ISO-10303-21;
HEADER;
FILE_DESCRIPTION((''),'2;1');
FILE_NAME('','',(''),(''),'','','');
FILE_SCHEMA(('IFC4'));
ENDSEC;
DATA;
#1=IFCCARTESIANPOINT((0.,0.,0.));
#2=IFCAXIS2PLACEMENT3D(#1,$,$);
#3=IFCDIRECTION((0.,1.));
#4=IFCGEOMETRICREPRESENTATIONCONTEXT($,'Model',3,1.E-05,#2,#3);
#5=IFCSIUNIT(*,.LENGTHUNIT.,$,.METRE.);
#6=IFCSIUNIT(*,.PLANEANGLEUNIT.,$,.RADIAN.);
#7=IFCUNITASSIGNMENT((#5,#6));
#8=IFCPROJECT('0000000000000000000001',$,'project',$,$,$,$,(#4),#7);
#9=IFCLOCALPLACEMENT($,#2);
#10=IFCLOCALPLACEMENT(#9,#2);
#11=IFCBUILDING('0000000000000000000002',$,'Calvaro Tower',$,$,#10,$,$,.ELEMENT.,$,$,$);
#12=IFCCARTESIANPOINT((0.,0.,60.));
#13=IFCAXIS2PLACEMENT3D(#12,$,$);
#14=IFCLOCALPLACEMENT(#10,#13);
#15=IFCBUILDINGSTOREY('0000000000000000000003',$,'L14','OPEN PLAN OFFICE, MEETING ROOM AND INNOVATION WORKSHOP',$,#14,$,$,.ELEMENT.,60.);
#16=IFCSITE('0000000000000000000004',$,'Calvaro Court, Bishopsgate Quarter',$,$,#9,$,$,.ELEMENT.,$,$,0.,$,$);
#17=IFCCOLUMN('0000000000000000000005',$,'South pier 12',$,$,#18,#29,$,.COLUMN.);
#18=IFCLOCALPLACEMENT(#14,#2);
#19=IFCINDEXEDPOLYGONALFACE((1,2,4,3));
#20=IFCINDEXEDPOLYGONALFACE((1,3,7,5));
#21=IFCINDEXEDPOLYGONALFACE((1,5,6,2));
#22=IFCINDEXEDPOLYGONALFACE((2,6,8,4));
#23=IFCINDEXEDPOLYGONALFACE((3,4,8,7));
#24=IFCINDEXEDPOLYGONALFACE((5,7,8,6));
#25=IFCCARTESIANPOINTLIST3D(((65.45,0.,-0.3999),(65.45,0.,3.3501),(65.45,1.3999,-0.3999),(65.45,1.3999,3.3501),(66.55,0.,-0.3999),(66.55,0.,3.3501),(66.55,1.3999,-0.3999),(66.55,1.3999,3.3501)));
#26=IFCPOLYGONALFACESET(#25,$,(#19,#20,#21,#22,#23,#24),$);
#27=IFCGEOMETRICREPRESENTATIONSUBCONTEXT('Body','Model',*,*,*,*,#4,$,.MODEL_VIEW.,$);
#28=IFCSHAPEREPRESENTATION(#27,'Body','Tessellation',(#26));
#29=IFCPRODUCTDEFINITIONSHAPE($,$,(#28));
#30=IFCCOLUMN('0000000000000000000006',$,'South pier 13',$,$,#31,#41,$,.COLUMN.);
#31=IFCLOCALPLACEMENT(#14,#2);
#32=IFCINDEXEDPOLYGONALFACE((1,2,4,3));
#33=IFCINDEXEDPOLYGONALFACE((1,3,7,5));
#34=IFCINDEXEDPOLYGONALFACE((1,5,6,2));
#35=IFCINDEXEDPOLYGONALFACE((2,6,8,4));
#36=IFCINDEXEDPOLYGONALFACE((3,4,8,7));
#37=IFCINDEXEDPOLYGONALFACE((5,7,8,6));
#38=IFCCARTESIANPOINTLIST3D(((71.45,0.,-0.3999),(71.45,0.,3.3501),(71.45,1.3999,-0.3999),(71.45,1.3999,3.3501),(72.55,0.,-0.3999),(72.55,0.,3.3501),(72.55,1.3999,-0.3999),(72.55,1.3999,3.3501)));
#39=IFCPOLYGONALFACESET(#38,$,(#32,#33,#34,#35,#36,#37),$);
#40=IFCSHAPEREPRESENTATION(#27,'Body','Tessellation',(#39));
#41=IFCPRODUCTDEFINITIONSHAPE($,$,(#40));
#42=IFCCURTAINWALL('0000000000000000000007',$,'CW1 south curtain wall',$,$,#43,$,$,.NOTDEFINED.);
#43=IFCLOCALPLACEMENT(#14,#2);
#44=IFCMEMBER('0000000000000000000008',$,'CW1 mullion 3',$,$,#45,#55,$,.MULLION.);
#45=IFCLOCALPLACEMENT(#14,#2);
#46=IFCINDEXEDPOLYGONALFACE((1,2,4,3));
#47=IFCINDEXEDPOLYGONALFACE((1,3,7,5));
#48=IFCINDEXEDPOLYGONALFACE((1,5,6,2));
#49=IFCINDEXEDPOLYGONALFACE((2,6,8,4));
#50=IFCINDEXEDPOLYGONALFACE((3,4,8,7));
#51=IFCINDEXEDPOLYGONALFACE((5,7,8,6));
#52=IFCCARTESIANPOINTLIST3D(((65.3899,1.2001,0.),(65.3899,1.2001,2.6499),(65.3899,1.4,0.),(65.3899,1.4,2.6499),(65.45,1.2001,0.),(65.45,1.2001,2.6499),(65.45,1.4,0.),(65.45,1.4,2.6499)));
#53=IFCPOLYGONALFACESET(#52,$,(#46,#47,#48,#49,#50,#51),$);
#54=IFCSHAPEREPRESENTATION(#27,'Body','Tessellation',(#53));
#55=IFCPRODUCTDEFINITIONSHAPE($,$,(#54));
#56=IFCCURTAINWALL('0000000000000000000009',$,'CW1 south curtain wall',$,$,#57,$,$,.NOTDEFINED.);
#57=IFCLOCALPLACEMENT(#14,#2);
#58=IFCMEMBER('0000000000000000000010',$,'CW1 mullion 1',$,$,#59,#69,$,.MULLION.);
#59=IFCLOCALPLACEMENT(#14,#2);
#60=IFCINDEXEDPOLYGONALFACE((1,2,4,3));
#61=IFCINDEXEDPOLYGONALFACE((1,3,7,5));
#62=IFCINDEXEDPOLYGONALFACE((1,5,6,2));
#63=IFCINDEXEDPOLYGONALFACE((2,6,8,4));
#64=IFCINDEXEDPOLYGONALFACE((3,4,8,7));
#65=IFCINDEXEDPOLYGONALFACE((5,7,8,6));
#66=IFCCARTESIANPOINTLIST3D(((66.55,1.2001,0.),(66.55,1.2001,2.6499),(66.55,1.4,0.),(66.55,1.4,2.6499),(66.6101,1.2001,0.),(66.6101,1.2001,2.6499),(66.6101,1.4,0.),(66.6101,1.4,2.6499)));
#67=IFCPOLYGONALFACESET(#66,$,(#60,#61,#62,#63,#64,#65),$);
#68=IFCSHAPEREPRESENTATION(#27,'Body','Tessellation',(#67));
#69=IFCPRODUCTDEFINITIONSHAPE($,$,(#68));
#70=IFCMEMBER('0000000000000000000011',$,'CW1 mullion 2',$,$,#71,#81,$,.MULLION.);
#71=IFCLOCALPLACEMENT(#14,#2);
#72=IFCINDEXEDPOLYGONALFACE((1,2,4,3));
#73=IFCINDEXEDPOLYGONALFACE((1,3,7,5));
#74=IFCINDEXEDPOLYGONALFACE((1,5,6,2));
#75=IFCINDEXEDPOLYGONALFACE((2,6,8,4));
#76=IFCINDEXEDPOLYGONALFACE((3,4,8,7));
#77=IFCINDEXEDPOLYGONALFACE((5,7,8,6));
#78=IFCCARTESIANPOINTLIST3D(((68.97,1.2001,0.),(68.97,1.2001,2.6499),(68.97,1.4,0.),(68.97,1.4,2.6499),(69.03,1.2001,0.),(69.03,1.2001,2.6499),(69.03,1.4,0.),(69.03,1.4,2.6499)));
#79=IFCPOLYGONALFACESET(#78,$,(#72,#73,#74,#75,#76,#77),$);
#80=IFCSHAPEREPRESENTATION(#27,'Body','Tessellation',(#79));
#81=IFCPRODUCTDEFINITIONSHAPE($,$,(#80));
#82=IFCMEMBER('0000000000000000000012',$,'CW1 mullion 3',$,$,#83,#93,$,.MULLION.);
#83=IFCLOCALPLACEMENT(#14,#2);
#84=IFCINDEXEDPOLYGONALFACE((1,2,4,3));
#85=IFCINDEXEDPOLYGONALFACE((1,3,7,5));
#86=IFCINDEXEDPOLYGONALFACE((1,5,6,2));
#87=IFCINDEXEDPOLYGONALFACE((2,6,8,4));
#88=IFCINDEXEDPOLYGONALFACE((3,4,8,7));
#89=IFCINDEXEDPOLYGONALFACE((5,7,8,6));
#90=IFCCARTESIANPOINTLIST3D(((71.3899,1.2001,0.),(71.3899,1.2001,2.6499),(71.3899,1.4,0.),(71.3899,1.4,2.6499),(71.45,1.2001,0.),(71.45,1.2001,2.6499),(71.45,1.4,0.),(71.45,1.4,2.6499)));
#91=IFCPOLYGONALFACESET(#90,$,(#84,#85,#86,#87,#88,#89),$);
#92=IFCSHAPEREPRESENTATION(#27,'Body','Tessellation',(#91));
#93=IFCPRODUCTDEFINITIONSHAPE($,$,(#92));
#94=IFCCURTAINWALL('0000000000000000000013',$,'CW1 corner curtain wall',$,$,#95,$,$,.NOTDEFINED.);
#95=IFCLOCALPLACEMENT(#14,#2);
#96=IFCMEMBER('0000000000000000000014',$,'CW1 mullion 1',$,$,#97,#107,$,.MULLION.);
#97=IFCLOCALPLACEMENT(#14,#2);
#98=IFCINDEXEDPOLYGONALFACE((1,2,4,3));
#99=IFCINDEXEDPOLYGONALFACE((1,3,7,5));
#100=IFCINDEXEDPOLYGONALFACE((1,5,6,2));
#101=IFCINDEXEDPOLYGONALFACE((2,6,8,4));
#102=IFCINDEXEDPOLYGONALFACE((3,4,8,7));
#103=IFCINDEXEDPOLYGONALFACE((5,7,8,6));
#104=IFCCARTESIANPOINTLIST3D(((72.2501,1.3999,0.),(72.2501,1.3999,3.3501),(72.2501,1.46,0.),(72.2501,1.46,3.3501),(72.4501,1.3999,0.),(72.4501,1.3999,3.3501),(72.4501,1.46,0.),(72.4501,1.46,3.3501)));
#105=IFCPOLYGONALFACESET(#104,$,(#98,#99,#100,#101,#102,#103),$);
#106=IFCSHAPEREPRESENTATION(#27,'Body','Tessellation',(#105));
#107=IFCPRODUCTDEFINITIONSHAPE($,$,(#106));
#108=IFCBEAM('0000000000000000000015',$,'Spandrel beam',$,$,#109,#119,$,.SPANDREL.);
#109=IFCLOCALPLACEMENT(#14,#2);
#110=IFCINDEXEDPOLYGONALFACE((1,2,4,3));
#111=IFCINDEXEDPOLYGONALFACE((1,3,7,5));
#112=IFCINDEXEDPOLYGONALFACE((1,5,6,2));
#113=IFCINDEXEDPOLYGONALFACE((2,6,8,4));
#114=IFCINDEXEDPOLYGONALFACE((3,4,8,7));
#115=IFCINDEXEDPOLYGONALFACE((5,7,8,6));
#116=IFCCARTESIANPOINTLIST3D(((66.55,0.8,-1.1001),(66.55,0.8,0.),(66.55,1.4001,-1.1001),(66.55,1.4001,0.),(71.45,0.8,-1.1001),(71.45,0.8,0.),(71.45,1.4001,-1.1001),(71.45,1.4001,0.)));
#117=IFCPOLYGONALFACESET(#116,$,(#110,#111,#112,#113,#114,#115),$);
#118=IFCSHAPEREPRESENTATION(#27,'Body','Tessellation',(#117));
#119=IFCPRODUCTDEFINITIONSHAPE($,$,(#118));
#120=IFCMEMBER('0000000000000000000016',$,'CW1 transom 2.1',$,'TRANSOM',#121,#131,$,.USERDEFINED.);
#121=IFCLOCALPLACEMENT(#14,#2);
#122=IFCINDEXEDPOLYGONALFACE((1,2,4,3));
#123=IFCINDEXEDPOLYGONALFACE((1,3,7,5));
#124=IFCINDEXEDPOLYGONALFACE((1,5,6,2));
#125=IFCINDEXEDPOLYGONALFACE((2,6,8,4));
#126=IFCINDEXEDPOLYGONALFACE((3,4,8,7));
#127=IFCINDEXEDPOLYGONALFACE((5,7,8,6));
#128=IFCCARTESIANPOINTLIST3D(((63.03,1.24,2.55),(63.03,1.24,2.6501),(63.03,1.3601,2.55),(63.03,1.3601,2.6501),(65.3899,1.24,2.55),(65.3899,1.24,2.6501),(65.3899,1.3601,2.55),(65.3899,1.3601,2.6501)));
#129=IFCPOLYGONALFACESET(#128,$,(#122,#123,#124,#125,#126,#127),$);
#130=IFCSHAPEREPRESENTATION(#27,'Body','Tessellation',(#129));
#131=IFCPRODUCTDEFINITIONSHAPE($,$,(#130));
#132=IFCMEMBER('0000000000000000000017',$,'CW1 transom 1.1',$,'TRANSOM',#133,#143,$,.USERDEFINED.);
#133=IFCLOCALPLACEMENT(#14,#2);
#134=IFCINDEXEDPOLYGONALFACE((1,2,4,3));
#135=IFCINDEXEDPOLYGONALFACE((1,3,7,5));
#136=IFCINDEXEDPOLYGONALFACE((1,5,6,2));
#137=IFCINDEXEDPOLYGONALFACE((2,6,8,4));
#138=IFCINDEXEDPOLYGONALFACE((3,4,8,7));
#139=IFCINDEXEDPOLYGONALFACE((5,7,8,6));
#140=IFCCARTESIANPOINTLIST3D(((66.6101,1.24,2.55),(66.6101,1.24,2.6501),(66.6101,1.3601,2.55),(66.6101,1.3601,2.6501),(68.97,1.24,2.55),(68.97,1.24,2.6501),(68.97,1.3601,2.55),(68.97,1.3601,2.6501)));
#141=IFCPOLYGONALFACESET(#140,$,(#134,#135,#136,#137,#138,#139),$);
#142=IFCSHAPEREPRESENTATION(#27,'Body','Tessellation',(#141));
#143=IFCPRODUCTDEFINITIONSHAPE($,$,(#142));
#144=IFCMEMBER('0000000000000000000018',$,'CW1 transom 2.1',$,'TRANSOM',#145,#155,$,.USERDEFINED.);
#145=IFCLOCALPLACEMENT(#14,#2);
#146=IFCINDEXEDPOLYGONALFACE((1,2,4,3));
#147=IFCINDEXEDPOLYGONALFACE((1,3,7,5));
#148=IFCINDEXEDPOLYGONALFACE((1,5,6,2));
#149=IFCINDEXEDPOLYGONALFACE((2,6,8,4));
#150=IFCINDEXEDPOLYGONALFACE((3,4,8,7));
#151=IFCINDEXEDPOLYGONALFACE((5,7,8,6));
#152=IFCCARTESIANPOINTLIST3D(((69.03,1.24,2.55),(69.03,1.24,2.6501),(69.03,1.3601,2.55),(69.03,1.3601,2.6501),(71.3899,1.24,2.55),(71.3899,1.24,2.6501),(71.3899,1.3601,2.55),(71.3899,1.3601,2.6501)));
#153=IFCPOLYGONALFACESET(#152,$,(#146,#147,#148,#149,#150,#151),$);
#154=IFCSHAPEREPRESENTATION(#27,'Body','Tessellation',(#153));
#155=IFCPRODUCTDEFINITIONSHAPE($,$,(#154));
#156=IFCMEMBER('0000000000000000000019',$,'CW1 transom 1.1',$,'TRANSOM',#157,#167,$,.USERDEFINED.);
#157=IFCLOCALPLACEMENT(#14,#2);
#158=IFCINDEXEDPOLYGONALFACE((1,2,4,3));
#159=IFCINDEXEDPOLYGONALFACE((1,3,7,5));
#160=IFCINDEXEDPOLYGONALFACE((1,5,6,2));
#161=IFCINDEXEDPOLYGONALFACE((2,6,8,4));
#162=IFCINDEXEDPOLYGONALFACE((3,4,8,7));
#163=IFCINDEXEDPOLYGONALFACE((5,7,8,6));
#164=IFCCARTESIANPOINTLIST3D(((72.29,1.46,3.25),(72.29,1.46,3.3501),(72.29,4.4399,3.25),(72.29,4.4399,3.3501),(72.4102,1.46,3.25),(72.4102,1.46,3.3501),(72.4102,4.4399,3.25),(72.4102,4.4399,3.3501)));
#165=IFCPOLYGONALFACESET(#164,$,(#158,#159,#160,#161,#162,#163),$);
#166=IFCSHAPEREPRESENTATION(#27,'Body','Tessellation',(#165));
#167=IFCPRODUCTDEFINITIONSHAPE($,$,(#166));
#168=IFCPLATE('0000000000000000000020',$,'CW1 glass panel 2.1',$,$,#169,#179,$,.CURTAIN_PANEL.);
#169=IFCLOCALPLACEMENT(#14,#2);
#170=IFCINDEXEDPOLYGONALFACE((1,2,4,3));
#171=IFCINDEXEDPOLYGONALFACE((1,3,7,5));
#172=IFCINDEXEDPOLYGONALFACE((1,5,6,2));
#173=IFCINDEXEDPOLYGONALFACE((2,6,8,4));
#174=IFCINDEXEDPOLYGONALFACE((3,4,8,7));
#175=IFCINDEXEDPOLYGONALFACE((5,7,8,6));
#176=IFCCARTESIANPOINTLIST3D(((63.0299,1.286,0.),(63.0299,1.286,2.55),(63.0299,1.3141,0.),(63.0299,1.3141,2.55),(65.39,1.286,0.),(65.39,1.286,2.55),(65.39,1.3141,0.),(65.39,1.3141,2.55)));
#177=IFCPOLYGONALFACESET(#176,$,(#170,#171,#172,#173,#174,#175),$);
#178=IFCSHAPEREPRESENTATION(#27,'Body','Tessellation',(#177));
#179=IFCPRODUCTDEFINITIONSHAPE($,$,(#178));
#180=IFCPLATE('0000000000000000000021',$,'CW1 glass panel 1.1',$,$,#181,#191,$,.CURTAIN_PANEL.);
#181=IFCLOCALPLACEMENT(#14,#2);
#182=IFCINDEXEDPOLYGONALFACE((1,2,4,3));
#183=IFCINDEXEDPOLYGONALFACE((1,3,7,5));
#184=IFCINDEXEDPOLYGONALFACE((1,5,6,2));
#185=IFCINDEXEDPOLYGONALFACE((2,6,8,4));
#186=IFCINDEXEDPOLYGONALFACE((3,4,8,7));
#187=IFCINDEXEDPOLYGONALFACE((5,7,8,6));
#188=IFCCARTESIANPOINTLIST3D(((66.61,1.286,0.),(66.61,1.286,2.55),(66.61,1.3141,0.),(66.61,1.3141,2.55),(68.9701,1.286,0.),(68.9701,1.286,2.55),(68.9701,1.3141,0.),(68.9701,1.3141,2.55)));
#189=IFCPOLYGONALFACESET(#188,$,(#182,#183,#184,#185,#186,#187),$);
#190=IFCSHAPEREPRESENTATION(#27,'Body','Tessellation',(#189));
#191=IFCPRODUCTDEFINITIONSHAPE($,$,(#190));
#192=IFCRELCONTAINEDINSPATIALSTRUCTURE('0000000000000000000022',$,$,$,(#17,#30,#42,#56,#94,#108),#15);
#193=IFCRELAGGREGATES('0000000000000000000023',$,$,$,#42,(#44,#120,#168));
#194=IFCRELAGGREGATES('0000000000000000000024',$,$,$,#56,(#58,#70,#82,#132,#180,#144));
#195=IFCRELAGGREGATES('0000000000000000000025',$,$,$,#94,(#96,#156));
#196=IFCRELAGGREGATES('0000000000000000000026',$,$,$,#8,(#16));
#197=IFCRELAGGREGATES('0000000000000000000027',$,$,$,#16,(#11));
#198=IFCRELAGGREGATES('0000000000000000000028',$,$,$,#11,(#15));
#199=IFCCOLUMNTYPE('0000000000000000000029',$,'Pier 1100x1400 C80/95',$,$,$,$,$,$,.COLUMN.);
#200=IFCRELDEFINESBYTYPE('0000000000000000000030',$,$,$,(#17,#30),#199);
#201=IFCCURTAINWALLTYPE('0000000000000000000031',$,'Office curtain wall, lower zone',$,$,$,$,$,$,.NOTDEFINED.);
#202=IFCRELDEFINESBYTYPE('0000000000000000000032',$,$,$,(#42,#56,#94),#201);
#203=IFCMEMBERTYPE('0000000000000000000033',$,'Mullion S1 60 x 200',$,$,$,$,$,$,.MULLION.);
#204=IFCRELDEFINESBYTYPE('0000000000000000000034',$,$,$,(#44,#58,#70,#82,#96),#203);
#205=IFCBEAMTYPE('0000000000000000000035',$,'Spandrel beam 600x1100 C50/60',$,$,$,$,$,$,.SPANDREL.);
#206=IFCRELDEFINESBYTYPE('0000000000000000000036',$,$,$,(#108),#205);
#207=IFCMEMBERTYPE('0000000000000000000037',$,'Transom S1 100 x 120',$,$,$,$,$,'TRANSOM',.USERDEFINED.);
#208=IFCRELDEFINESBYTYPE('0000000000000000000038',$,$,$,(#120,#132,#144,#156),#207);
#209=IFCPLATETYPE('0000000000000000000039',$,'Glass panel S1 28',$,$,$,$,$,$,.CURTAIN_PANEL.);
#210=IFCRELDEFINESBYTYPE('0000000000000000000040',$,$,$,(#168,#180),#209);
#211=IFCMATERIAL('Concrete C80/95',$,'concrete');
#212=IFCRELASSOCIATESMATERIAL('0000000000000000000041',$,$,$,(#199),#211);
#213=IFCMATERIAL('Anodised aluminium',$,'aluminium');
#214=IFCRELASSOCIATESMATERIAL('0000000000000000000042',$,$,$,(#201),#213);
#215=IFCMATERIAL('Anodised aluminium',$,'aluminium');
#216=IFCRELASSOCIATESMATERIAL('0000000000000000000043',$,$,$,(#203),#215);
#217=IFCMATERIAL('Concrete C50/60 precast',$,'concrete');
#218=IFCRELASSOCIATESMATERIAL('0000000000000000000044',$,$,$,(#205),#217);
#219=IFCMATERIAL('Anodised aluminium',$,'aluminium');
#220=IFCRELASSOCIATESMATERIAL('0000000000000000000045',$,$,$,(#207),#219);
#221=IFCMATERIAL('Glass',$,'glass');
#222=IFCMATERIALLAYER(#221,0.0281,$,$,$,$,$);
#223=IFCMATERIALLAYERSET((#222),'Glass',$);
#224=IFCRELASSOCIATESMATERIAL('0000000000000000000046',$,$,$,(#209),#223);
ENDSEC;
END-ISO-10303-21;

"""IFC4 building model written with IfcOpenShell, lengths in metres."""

from ifc_helpers import new_model, si_unit, direction, frame, origin, origin_2d, place, context, subcontext, project, spatial, rectangle, extrude, material, layer, layer_set, material_profile, profile_set, type_object, element, aggregate, save


model = new_model("IFC4")

# Units and contexts
model_context = context("Model", 3, precision=1e-05, world=origin(), true_north=direction((0.0, 1.0)))
body_context = subcontext(model_context, "Body", "Model", "MODEL_VIEW")
ifc_project = project(units=[si_unit("LENGTHUNIT", "METRE"), si_unit("PLANEANGLEUNIT", "RADIAN")], contexts=[model_context])

# Site, building, storey
site_placement = place(None, origin())
site = spatial("IfcSite", under=ifc_project, at=site_placement, Name="Calvaro Court, Bishopsgate Quarter", CompositionType="ELEMENT", RefElevation=0.0)
building_placement = place(site_placement, origin())
building = spatial("IfcBuilding", under=site, at=building_placement, Name="Calvaro Tower", CompositionType="ELEMENT")
storey_placement = place(building_placement, frame((0.0, 0.0, 60.0)))
storey = spatial("IfcBuildingStorey", under=building, at=storey_placement, Name="L14", Description="OPEN PLAN OFFICE, MEETING ROOM AND INNOVATION WORKSHOP", CompositionType="ELEMENT", Elevation=60.0)

# Columns
ifc_material_1 = material(Name="Concrete C80/95", Category="concrete")
ifc_material_profile_1 = material_profile(ifc_material_1, rectangle(XDim=1.1001, YDim=1.3999, at=origin_2d()), Name="RC 1100x1400")
ifc_profile_set_1 = profile_set([ifc_material_profile_1], Name="Concrete C80/95")
column_type = type_object("IfcColumnType", Name="Pier 1100x1400 C80/95", PredefinedType="COLUMN", material=ifc_profile_set_1)
for number, where, z_axis, x_axis, name in (
    (1, (66.0, 0.7, -0.3999), (0.0, 0.0, 1.0), (1.0, 0.0, 0.0), "South pier 12"),
    (2, (72.0, 0.7, -0.3999), (0.0, 0.0, 1.0), (1.0, 0.0, 0.0), "South pier 13"),
):
    element("IfcColumn", number, at=place(storey_placement, frame(where, z_axis=z_axis, x_axis=x_axis)), inside=storey, type_object=column_type, Name=name, PredefinedType="COLUMN", context=body_context, shape_type="SweptSolid", body=[
        extrude(rectangle(XDim=1.1001, YDim=1.3999, at=origin_2d()), origin(), (0.0, 0.0, 1.0), 3.75),
    ])

# Curtain wall, member
ifc_material_2 = material(Name="Anodised aluminium", Category="aluminium")
curtain_wall_type = type_object("IfcCurtainWallType", Name="Office curtain wall, lower zone", PredefinedType="NOTDEFINED", material=ifc_material_2)
curtain_wall_1_placement = place(storey_placement, origin())
curtain_wall_1 = element("IfcCurtainWall", 3, at=curtain_wall_1_placement, inside=storey, type_object=curtain_wall_type, Name="CW1 south curtain wall", PredefinedType="NOTDEFINED")
ifc_material_3 = material(Name="Anodised aluminium", Category="aluminium")
ifc_material_profile_2 = material_profile(ifc_material_3, rectangle(XDim=0.2, YDim=0.0601, at=origin_2d()), Name="Mullion S1 60 x 200")
ifc_profile_set_2 = profile_set([ifc_material_profile_2], Name="Anodised aluminium")
member_type_1 = type_object("IfcMemberType", Name="Mullion S1 60 x 200", PredefinedType="MULLION", material=ifc_profile_set_2)
member_1_placement = place(storey_placement, frame((65.4199, 1.3, 0.0), z_axis=(0.0, 0.0, 1.0), x_axis=(0.0, 1.0, 0.0)))
member_1 = element("IfcMember", 4, at=member_1_placement, type_object=member_type_1, Name="CW1 mullion 3", PredefinedType="MULLION", context=body_context, shape_type="SweptSolid", body=[
    extrude(rectangle(XDim=0.2, YDim=0.0601, at=origin_2d()), origin(), (0.0, 0.0, 1.0), 2.6499),
])

# Curtain wall, members
curtain_wall_2_placement = place(storey_placement, origin())
curtain_wall_2 = element("IfcCurtainWall", 5, at=curtain_wall_2_placement, inside=storey, type_object=curtain_wall_type, Name="CW1 south curtain wall", PredefinedType="NOTDEFINED")
member_2_placement = place(storey_placement, frame((66.5801, 1.3, 0.0), z_axis=(0.0, 0.0, 1.0), x_axis=(0.0, 1.0, 0.0)))
member_2 = element("IfcMember", 6, at=member_2_placement, type_object=member_type_1, Name="CW1 mullion 1", PredefinedType="MULLION", context=body_context, shape_type="SweptSolid", body=[
    extrude(rectangle(XDim=0.2, YDim=0.0601, at=origin_2d()), origin(), (0.0, 0.0, 1.0), 2.6499),
])
member_3_placement = place(storey_placement, frame((69.0, 1.3, 0.0), z_axis=(0.0, 0.0, 1.0), x_axis=(0.0, 1.0, 0.0)))
member_3 = element("IfcMember", 7, at=member_3_placement, type_object=member_type_1, Name="CW1 mullion 2", PredefinedType="MULLION", context=body_context, shape_type="SweptSolid", body=[
    extrude(rectangle(XDim=0.2, YDim=0.0601, at=origin_2d()), origin(), (0.0, 0.0, 1.0), 2.6499),
])
member_4_placement = place(storey_placement, frame((71.4199, 1.3, 0.0), z_axis=(0.0, 0.0, 1.0), x_axis=(0.0, 1.0, 0.0)))
member_4 = element("IfcMember", 8, at=member_4_placement, type_object=member_type_1, Name="CW1 mullion 3", PredefinedType="MULLION", context=body_context, shape_type="SweptSolid", body=[
    extrude(rectangle(XDim=0.2, YDim=0.0601, at=origin_2d()), origin(), (0.0, 0.0, 1.0), 2.6499),
])

# Curtain wall, member
curtain_wall_3_placement = place(storey_placement, origin())
curtain_wall_3 = element("IfcCurtainWall", 9, at=curtain_wall_3_placement, inside=storey, type_object=curtain_wall_type, Name="CW1 corner curtain wall", PredefinedType="NOTDEFINED")
member_5_placement = place(storey_placement, frame((72.3501, 1.4299, 0.0), z_axis=(0.0, 0.0, 1.0), x_axis=(-1.0, 0.0, 0.0)))
member_5 = element("IfcMember", 10, at=member_5_placement, type_object=member_type_1, Name="CW1 mullion 1", PredefinedType="MULLION", context=body_context, shape_type="SweptSolid", body=[
    extrude(rectangle(XDim=0.2, YDim=0.0601, at=origin_2d()), origin(), (0.0, 0.0, 1.0), 3.3501),
])

# Beam
ifc_material_4 = material(Name="Concrete C50/60 precast", Category="concrete")
ifc_material_profile_3 = material_profile(ifc_material_4, rectangle(XDim=0.6001, YDim=1.1001, at=origin_2d()), Name="RC 600x1100")
ifc_profile_set_3 = profile_set([ifc_material_profile_3], Name="Concrete C50/60 precast")
beam_type = type_object("IfcBeamType", Name="Spandrel beam 600x1100 C50/60", PredefinedType="SPANDREL", material=ifc_profile_set_3)
beam_placement = place(storey_placement, frame((66.55, 1.1001, -0.55), z_axis=(1.0, 0.0, 0.0), x_axis=(0.0, 1.0, 0.0)))
element("IfcBeam", 11, at=beam_placement, inside=storey, type_object=beam_type, Name="Spandrel beam", PredefinedType="SPANDREL", context=body_context, shape_type="SweptSolid", body=[
    extrude(rectangle(XDim=0.6001, YDim=1.1001, at=origin_2d()), origin(), (0.0, 0.0, 1.0), 4.8999),
])

# Members
ifc_material_5 = material(Name="Anodised aluminium", Category="aluminium")
ifc_material_profile_4 = material_profile(ifc_material_5, rectangle(XDim=0.1201, YDim=0.1001, at=origin_2d()), Name="Transom S1 100 x 120")
ifc_profile_set_4 = profile_set([ifc_material_profile_4], Name="Anodised aluminium")
member_type_2 = type_object("IfcMemberType", Name="Transom S1 100 x 120", ElementType="TRANSOM", PredefinedType="USERDEFINED", material=ifc_profile_set_4)
member_6_placement = place(storey_placement, frame((63.03, 1.3, 2.6001), z_axis=(1.0, 0.0, 0.0), x_axis=(0.0, 1.0, 0.0)))
member_6 = element("IfcMember", 12, at=member_6_placement, type_object=member_type_2, Name="CW1 transom 2.1", ObjectType="TRANSOM", PredefinedType="USERDEFINED", context=body_context, shape_type="SweptSolid", body=[
    extrude(rectangle(XDim=0.1201, YDim=0.1001, at=origin_2d()), origin(), (0.0, 0.0, 1.0), 2.3599),
])
member_7_placement = place(storey_placement, frame((66.6101, 1.3, 2.6001), z_axis=(1.0, 0.0, 0.0), x_axis=(0.0, 1.0, 0.0)))
member_7 = element("IfcMember", 13, at=member_7_placement, type_object=member_type_2, Name="CW1 transom 1.1", ObjectType="TRANSOM", PredefinedType="USERDEFINED", context=body_context, shape_type="SweptSolid", body=[
    extrude(rectangle(XDim=0.1201, YDim=0.1001, at=origin_2d()), origin(), (0.0, 0.0, 1.0), 2.3599),
])
member_8_placement = place(storey_placement, frame((69.03, 1.3, 2.6001), z_axis=(1.0, 0.0, 0.0), x_axis=(0.0, 1.0, 0.0)))
member_8 = element("IfcMember", 14, at=member_8_placement, type_object=member_type_2, Name="CW1 transom 2.1", ObjectType="TRANSOM", PredefinedType="USERDEFINED", context=body_context, shape_type="SweptSolid", body=[
    extrude(rectangle(XDim=0.1201, YDim=0.1001, at=origin_2d()), origin(), (0.0, 0.0, 1.0), 2.3599),
])
member_9_placement = place(storey_placement, frame((72.3501, 1.46, 3.3), z_axis=(0.0, 1.0, 0.0), x_axis=(-1.0, 0.0, 0.0)))
member_9 = element("IfcMember", 15, at=member_9_placement, type_object=member_type_2, Name="CW1 transom 1.1", ObjectType="TRANSOM", PredefinedType="USERDEFINED", context=body_context, shape_type="SweptSolid", body=[
    extrude(rectangle(XDim=0.1201, YDim=0.1001, at=origin_2d()), origin(), (0.0, 0.0, 1.0), 2.98),
])

# Plates
ifc_material_6 = material(Name="Glass", Category="glass")
ifc_layer_1 = layer(ifc_material_6, 0.0281)
ifc_layer_set_1 = layer_set([ifc_layer_1], Name="Glass")
plate_type = type_object("IfcPlateType", Name="Glass panel S1 28", PredefinedType="CURTAIN_PANEL", material=ifc_layer_set_1)
plate_1_placement = place(storey_placement, frame((64.21, 1.3, 0.0), z_axis=(0.0, 0.0, 1.0), x_axis=(1.0, 0.0, 0.0)))
plate_1 = element("IfcPlate", 16, at=plate_1_placement, type_object=plate_type, Name="CW1 glass panel 2.1", PredefinedType="CURTAIN_PANEL", context=body_context, shape_type="SweptSolid", body=[
    extrude(rectangle(XDim=2.3601, YDim=0.0281, at=origin_2d()), origin(), (0.0, 0.0, 1.0), 2.55),
])
aggregate(curtain_wall_1, [member_1, member_6, plate_1])
plate_2_placement = place(storey_placement, frame((67.79, 1.3, 0.0), z_axis=(0.0, 0.0, 1.0), x_axis=(1.0, 0.0, 0.0)))
plate_2 = element("IfcPlate", 17, at=plate_2_placement, type_object=plate_type, Name="CW1 glass panel 1.1", PredefinedType="CURTAIN_PANEL", context=body_context, shape_type="SweptSolid", body=[
    extrude(rectangle(XDim=2.3601, YDim=0.0281, at=origin_2d()), origin(), (0.0, 0.0, 1.0), 2.55),
])
aggregate(curtain_wall_2, [member_2, member_3, member_4, member_7, plate_2, member_8])
aggregate(curtain_wall_3, [member_5, member_9])

save(model, "model.ifc")
